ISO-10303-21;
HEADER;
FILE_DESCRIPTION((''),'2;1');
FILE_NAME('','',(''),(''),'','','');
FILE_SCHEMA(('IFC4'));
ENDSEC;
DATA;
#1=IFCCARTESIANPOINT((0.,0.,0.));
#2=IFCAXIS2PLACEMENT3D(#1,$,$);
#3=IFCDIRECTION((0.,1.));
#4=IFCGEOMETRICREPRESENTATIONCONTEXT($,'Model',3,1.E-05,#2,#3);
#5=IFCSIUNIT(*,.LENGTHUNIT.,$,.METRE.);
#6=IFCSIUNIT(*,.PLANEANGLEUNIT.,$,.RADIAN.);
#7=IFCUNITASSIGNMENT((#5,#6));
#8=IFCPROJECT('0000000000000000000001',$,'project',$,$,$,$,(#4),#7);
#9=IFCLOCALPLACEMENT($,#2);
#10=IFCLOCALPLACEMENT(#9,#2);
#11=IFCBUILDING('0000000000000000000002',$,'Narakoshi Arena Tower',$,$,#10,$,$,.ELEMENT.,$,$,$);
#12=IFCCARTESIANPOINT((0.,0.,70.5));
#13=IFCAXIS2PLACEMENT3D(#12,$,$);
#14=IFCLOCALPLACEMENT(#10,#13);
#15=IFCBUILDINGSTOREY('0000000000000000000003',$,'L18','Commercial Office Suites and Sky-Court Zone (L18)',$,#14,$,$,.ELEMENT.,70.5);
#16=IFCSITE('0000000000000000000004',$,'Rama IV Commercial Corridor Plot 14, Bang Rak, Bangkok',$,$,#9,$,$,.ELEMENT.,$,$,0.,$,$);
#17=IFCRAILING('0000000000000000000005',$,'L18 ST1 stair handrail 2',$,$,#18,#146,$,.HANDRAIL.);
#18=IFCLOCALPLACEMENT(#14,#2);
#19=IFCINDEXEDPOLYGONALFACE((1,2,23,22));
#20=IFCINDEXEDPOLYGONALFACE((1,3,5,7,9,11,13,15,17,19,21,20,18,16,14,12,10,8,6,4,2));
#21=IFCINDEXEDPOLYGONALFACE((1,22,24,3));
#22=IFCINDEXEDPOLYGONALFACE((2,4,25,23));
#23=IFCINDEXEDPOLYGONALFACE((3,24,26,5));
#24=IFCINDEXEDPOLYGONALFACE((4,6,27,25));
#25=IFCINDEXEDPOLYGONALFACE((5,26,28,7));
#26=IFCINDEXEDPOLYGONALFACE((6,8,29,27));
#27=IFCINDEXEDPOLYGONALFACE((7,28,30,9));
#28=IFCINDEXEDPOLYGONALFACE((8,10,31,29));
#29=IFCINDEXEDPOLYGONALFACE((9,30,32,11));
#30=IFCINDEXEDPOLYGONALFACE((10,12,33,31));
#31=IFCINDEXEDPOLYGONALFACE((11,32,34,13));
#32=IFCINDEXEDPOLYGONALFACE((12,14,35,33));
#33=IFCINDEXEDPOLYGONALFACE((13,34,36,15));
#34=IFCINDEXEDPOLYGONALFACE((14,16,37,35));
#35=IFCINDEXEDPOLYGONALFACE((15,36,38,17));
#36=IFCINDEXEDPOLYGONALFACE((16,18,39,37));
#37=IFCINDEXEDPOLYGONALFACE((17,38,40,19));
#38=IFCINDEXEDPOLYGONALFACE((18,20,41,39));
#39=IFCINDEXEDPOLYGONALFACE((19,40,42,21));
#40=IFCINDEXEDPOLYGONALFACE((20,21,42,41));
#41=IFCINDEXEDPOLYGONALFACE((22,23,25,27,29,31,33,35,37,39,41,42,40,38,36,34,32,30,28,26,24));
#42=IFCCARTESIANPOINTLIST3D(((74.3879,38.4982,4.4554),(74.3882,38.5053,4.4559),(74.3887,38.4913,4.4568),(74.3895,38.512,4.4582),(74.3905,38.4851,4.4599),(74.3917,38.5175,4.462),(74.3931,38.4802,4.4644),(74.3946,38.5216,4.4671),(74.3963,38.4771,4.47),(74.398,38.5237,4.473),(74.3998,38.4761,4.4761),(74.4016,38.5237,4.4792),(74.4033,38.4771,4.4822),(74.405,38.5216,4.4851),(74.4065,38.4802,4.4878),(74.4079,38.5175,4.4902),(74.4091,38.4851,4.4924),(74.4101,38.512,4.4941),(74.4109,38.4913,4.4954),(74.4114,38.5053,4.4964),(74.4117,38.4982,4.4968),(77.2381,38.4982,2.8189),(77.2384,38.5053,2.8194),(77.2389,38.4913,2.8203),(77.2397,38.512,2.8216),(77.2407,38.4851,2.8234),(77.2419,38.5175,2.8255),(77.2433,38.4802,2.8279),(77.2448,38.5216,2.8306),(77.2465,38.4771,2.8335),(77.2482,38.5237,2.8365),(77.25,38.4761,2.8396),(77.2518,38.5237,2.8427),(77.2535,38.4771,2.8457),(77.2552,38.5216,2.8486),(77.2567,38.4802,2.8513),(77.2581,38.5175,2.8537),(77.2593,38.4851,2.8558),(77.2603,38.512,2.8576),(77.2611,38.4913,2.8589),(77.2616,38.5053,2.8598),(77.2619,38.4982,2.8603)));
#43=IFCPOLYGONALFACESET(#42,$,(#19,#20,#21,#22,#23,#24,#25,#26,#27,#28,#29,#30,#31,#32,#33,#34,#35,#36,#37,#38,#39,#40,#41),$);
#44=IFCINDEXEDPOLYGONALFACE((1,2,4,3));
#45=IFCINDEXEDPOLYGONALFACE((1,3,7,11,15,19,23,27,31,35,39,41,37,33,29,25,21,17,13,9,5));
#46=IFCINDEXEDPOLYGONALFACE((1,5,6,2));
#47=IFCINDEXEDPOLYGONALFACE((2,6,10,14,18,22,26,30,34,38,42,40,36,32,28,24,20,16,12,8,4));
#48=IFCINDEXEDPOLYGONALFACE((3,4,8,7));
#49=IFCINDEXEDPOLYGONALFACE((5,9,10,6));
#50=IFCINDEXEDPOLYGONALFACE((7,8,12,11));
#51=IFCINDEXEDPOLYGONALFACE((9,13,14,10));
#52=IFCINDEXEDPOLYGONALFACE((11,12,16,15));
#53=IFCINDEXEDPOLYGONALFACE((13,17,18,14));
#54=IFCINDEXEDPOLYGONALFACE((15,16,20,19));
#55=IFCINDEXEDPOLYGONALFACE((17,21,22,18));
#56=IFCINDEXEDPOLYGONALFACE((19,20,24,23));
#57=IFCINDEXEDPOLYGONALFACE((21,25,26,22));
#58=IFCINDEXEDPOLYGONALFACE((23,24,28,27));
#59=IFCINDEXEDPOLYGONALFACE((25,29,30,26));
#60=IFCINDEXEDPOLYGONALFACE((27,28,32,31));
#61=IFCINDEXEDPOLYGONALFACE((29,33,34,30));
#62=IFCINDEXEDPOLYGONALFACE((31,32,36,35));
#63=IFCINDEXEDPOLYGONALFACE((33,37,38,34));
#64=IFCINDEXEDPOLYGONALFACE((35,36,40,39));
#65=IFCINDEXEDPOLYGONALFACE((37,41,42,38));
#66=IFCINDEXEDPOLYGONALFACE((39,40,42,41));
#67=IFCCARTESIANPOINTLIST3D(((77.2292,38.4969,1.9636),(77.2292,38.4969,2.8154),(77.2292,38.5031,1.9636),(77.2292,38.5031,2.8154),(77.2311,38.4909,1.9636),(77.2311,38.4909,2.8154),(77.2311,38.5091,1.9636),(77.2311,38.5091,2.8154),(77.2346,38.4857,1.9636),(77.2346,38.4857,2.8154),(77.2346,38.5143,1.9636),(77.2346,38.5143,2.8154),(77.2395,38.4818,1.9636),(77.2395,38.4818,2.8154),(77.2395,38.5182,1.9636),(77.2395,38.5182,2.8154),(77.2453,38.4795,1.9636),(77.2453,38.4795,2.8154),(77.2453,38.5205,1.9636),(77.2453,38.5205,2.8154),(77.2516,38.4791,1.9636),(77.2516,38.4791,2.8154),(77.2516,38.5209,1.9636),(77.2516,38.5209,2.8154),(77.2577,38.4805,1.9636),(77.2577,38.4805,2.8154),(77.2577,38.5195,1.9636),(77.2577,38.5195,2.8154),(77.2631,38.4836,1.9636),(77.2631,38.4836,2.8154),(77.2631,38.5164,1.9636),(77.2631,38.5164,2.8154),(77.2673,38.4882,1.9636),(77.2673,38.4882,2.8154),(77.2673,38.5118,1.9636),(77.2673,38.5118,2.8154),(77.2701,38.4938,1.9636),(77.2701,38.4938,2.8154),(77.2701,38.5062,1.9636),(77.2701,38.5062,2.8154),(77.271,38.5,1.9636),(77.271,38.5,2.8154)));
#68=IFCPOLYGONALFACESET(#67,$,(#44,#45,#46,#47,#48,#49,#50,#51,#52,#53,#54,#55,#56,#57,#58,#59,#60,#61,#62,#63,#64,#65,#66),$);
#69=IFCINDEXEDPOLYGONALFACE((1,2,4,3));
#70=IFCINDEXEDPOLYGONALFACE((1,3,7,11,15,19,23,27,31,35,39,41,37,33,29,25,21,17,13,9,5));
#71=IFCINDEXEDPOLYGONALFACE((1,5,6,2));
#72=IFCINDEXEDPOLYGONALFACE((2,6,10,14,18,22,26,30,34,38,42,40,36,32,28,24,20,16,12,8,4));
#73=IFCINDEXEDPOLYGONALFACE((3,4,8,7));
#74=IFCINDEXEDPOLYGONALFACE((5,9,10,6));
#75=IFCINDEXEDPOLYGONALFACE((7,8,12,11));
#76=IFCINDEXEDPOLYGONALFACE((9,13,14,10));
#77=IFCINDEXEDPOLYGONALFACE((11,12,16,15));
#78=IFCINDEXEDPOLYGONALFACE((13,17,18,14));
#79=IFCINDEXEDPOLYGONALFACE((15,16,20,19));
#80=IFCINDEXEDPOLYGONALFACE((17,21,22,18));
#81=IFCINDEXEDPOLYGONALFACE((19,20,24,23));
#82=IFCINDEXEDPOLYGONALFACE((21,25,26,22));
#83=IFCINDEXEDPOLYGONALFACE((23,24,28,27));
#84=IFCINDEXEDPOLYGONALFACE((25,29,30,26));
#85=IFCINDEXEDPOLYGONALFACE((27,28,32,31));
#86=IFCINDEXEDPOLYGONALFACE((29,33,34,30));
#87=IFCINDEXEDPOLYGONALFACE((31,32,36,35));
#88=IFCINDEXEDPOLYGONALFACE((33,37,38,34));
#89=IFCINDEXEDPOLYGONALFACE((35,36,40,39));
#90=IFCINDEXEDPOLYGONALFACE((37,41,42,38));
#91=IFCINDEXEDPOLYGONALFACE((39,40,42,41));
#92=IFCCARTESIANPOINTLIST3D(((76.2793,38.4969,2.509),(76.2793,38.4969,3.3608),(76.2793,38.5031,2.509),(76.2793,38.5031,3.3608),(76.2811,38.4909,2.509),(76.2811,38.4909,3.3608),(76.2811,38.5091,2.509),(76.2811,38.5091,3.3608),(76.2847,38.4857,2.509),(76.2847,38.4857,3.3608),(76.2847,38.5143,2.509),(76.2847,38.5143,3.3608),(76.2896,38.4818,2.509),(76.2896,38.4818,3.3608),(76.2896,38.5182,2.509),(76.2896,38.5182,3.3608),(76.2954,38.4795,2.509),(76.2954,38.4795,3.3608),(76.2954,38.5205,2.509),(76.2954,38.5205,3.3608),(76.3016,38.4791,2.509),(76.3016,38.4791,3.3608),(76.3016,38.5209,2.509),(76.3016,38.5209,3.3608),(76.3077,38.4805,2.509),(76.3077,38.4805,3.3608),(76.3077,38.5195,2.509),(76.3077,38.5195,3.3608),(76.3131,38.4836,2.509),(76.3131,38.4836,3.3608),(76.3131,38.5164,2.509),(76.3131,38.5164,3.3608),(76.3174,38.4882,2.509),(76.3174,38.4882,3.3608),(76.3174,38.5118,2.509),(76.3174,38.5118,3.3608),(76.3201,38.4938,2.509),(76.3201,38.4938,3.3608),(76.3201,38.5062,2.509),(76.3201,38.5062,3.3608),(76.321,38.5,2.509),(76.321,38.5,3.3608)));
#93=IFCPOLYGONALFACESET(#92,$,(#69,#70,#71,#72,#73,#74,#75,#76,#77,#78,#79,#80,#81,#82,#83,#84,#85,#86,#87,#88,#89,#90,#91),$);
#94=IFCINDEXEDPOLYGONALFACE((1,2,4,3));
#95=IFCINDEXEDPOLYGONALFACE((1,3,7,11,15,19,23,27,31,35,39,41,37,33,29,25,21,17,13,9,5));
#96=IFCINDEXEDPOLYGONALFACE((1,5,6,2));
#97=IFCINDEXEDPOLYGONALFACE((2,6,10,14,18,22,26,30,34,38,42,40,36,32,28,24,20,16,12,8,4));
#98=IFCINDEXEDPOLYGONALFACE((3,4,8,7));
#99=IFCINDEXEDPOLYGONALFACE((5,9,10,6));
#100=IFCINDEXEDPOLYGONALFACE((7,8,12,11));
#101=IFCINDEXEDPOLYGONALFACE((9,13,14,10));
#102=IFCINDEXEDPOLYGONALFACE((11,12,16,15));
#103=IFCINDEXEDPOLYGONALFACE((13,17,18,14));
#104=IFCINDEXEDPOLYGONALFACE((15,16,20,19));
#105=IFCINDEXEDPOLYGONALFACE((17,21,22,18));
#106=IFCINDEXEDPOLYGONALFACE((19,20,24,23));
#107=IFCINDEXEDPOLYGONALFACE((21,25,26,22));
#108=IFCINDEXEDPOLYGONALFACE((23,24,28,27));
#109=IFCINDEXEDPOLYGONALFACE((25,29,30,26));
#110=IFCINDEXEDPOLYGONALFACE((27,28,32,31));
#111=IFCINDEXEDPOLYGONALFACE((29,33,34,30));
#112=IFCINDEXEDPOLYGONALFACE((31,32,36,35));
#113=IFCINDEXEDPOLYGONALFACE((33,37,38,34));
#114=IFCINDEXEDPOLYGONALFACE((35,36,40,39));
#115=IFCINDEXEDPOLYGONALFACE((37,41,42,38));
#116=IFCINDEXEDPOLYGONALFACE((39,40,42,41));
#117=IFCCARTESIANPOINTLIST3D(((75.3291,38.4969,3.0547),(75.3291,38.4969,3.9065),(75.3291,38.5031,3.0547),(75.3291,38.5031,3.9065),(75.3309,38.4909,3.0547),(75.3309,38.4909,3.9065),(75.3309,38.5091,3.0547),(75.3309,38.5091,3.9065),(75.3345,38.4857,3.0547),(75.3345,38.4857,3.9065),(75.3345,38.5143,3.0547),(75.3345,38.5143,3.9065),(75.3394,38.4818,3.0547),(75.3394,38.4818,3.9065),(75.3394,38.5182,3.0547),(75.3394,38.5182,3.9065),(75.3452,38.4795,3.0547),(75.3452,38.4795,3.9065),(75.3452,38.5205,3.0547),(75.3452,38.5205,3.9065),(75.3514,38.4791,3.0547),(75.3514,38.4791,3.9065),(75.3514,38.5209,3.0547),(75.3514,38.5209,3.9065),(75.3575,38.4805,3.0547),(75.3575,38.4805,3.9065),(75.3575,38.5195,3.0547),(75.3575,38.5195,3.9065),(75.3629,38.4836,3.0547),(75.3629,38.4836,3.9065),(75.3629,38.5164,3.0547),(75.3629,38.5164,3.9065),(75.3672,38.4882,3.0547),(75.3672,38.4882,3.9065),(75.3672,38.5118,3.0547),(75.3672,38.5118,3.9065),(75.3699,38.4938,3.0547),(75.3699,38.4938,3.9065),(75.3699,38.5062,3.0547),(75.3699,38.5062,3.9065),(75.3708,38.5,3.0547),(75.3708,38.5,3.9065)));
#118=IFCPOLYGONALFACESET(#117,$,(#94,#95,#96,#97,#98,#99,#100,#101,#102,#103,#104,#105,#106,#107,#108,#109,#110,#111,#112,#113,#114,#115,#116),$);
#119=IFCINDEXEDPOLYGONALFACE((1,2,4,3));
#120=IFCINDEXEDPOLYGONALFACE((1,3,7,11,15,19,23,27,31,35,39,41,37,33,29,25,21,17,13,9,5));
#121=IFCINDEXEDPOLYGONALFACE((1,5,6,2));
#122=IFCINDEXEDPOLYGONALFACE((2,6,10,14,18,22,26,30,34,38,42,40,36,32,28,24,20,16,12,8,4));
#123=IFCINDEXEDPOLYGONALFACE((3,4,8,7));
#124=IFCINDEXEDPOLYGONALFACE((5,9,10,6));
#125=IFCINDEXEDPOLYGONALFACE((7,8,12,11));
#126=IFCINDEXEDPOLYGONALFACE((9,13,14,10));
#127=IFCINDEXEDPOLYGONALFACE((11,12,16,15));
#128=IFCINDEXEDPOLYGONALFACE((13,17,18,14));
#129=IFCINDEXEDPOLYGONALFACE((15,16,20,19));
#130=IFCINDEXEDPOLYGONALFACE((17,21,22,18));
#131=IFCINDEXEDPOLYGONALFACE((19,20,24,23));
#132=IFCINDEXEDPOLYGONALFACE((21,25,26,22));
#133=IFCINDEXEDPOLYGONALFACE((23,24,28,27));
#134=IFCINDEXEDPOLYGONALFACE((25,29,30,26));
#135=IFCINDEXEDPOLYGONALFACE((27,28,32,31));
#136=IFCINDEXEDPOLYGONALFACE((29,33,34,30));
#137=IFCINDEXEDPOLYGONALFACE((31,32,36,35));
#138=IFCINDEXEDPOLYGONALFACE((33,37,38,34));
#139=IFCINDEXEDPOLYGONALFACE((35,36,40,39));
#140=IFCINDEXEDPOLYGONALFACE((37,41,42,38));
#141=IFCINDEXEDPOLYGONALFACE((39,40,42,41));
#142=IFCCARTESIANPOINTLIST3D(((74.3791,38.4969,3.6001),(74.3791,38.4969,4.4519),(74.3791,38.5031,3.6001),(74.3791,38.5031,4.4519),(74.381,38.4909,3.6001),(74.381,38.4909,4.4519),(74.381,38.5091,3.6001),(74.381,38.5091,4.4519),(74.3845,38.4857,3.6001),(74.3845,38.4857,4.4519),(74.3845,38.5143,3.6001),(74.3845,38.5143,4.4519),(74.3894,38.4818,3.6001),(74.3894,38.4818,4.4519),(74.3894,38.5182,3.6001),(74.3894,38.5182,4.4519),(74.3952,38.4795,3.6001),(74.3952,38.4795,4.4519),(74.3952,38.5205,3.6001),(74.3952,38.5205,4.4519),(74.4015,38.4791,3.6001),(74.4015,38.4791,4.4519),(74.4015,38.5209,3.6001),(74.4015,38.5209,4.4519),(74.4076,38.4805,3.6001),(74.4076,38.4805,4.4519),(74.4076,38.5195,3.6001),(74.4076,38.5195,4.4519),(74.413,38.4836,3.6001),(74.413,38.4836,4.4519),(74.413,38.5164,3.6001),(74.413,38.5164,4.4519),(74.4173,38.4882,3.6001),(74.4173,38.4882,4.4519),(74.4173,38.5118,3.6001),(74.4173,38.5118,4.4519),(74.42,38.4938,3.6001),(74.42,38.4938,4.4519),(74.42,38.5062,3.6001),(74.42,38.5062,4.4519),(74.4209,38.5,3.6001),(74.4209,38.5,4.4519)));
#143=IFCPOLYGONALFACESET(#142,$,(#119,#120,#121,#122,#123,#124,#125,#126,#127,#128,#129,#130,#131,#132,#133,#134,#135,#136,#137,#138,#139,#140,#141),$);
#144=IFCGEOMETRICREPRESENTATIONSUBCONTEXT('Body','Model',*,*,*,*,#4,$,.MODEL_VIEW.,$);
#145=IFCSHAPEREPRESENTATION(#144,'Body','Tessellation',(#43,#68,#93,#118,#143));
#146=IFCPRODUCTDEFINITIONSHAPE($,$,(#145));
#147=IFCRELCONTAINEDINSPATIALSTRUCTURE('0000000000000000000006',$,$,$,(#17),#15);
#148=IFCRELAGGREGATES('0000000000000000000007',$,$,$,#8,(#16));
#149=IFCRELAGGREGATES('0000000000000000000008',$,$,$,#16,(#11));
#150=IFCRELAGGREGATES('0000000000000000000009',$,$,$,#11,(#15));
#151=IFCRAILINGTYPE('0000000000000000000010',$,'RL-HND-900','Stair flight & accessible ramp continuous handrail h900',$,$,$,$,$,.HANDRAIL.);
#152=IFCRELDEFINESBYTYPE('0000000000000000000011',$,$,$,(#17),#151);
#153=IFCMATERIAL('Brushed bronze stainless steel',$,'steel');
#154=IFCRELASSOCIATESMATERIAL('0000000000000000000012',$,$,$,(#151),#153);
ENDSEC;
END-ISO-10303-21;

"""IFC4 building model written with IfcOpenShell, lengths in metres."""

from ifc_helpers import new_model, si_unit, direction, frame, origin, origin_2d, place, context, subcontext, project, spatial, circle, extrude, material, type_object, element, save


model = new_model("IFC4")

# Units and contexts
model_context = context("Model", 3, precision=1e-05, world=origin(), true_north=direction((0.0, 1.0)))
body_context = subcontext(model_context, "Body", "Model", "MODEL_VIEW")
ifc_project = project(units=[si_unit("LENGTHUNIT", "METRE"), si_unit("PLANEANGLEUNIT", "RADIAN")], contexts=[model_context])

# Site, building, storey
site_placement = place(None, origin())
site = spatial("IfcSite", under=ifc_project, at=site_placement, Name="Rama IV Commercial Corridor Plot 14, Bang Rak, Bangkok", CompositionType="ELEMENT", RefElevation=0.0)
building_placement = place(site_placement, origin())
building = spatial("IfcBuilding", under=site, at=building_placement, Name="Narakoshi Arena Tower", CompositionType="ELEMENT")
storey_placement = place(building_placement, frame((0.0, 0.0, 70.5)))
storey = spatial("IfcBuildingStorey", under=building, at=storey_placement, Name="L18", Description="Commercial Office Suites and Sky-Court Zone (L18)", CompositionType="ELEMENT", Elevation=70.5)

# Railing
ifc_material_1 = material(Name="Brushed bronze stainless steel", Category="steel")
railing_type_1 = type_object("IfcRailingType", Name="RL-HND-900", Description="Stair flight & accessible ramp continuous handrail h900", PredefinedType="HANDRAIL", material=ifc_material_1)
for number, where, name in (
    (1, (77.25, 38.5, 1.9636), "L18 ST1 stair handrail 2"),
):
    element("IfcRailing", number, at=place(storey_placement, frame(where)), inside=storey, type_object=railing_type_1, Name=name, PredefinedType="HANDRAIL", context=body_context, shape_type="SweptSolid", body=[
        extrude(circle(Radius=0.0239, at=origin_2d()), frame((0.0, 0.0, 0.876), z_axis=(-0.867213, 0.0, 0.497938), x_axis=(0.0, -1.0, 0.0)), (0.0, 0.0, 1.0), 3.2866),
        extrude(circle(Radius=0.021, at=origin_2d()), origin(), (0.0, 0.0, 1.0), 0.8518),
        extrude(circle(Radius=0.021, at=origin_2d()), frame((-0.95, 0.0, 0.5454)), (0.0, 0.0, 1.0), 0.8518),
        extrude(circle(Radius=0.021, at=origin_2d()), frame((-1.9001, 0.0, 1.0911)), (0.0, 0.0, 1.0), 0.8518),
        extrude(circle(Radius=0.021, at=origin_2d()), frame((-2.8501, 0.0, 1.6365)), (0.0, 0.0, 1.0), 0.8518),
    ])

save(model, "model.ifc")
